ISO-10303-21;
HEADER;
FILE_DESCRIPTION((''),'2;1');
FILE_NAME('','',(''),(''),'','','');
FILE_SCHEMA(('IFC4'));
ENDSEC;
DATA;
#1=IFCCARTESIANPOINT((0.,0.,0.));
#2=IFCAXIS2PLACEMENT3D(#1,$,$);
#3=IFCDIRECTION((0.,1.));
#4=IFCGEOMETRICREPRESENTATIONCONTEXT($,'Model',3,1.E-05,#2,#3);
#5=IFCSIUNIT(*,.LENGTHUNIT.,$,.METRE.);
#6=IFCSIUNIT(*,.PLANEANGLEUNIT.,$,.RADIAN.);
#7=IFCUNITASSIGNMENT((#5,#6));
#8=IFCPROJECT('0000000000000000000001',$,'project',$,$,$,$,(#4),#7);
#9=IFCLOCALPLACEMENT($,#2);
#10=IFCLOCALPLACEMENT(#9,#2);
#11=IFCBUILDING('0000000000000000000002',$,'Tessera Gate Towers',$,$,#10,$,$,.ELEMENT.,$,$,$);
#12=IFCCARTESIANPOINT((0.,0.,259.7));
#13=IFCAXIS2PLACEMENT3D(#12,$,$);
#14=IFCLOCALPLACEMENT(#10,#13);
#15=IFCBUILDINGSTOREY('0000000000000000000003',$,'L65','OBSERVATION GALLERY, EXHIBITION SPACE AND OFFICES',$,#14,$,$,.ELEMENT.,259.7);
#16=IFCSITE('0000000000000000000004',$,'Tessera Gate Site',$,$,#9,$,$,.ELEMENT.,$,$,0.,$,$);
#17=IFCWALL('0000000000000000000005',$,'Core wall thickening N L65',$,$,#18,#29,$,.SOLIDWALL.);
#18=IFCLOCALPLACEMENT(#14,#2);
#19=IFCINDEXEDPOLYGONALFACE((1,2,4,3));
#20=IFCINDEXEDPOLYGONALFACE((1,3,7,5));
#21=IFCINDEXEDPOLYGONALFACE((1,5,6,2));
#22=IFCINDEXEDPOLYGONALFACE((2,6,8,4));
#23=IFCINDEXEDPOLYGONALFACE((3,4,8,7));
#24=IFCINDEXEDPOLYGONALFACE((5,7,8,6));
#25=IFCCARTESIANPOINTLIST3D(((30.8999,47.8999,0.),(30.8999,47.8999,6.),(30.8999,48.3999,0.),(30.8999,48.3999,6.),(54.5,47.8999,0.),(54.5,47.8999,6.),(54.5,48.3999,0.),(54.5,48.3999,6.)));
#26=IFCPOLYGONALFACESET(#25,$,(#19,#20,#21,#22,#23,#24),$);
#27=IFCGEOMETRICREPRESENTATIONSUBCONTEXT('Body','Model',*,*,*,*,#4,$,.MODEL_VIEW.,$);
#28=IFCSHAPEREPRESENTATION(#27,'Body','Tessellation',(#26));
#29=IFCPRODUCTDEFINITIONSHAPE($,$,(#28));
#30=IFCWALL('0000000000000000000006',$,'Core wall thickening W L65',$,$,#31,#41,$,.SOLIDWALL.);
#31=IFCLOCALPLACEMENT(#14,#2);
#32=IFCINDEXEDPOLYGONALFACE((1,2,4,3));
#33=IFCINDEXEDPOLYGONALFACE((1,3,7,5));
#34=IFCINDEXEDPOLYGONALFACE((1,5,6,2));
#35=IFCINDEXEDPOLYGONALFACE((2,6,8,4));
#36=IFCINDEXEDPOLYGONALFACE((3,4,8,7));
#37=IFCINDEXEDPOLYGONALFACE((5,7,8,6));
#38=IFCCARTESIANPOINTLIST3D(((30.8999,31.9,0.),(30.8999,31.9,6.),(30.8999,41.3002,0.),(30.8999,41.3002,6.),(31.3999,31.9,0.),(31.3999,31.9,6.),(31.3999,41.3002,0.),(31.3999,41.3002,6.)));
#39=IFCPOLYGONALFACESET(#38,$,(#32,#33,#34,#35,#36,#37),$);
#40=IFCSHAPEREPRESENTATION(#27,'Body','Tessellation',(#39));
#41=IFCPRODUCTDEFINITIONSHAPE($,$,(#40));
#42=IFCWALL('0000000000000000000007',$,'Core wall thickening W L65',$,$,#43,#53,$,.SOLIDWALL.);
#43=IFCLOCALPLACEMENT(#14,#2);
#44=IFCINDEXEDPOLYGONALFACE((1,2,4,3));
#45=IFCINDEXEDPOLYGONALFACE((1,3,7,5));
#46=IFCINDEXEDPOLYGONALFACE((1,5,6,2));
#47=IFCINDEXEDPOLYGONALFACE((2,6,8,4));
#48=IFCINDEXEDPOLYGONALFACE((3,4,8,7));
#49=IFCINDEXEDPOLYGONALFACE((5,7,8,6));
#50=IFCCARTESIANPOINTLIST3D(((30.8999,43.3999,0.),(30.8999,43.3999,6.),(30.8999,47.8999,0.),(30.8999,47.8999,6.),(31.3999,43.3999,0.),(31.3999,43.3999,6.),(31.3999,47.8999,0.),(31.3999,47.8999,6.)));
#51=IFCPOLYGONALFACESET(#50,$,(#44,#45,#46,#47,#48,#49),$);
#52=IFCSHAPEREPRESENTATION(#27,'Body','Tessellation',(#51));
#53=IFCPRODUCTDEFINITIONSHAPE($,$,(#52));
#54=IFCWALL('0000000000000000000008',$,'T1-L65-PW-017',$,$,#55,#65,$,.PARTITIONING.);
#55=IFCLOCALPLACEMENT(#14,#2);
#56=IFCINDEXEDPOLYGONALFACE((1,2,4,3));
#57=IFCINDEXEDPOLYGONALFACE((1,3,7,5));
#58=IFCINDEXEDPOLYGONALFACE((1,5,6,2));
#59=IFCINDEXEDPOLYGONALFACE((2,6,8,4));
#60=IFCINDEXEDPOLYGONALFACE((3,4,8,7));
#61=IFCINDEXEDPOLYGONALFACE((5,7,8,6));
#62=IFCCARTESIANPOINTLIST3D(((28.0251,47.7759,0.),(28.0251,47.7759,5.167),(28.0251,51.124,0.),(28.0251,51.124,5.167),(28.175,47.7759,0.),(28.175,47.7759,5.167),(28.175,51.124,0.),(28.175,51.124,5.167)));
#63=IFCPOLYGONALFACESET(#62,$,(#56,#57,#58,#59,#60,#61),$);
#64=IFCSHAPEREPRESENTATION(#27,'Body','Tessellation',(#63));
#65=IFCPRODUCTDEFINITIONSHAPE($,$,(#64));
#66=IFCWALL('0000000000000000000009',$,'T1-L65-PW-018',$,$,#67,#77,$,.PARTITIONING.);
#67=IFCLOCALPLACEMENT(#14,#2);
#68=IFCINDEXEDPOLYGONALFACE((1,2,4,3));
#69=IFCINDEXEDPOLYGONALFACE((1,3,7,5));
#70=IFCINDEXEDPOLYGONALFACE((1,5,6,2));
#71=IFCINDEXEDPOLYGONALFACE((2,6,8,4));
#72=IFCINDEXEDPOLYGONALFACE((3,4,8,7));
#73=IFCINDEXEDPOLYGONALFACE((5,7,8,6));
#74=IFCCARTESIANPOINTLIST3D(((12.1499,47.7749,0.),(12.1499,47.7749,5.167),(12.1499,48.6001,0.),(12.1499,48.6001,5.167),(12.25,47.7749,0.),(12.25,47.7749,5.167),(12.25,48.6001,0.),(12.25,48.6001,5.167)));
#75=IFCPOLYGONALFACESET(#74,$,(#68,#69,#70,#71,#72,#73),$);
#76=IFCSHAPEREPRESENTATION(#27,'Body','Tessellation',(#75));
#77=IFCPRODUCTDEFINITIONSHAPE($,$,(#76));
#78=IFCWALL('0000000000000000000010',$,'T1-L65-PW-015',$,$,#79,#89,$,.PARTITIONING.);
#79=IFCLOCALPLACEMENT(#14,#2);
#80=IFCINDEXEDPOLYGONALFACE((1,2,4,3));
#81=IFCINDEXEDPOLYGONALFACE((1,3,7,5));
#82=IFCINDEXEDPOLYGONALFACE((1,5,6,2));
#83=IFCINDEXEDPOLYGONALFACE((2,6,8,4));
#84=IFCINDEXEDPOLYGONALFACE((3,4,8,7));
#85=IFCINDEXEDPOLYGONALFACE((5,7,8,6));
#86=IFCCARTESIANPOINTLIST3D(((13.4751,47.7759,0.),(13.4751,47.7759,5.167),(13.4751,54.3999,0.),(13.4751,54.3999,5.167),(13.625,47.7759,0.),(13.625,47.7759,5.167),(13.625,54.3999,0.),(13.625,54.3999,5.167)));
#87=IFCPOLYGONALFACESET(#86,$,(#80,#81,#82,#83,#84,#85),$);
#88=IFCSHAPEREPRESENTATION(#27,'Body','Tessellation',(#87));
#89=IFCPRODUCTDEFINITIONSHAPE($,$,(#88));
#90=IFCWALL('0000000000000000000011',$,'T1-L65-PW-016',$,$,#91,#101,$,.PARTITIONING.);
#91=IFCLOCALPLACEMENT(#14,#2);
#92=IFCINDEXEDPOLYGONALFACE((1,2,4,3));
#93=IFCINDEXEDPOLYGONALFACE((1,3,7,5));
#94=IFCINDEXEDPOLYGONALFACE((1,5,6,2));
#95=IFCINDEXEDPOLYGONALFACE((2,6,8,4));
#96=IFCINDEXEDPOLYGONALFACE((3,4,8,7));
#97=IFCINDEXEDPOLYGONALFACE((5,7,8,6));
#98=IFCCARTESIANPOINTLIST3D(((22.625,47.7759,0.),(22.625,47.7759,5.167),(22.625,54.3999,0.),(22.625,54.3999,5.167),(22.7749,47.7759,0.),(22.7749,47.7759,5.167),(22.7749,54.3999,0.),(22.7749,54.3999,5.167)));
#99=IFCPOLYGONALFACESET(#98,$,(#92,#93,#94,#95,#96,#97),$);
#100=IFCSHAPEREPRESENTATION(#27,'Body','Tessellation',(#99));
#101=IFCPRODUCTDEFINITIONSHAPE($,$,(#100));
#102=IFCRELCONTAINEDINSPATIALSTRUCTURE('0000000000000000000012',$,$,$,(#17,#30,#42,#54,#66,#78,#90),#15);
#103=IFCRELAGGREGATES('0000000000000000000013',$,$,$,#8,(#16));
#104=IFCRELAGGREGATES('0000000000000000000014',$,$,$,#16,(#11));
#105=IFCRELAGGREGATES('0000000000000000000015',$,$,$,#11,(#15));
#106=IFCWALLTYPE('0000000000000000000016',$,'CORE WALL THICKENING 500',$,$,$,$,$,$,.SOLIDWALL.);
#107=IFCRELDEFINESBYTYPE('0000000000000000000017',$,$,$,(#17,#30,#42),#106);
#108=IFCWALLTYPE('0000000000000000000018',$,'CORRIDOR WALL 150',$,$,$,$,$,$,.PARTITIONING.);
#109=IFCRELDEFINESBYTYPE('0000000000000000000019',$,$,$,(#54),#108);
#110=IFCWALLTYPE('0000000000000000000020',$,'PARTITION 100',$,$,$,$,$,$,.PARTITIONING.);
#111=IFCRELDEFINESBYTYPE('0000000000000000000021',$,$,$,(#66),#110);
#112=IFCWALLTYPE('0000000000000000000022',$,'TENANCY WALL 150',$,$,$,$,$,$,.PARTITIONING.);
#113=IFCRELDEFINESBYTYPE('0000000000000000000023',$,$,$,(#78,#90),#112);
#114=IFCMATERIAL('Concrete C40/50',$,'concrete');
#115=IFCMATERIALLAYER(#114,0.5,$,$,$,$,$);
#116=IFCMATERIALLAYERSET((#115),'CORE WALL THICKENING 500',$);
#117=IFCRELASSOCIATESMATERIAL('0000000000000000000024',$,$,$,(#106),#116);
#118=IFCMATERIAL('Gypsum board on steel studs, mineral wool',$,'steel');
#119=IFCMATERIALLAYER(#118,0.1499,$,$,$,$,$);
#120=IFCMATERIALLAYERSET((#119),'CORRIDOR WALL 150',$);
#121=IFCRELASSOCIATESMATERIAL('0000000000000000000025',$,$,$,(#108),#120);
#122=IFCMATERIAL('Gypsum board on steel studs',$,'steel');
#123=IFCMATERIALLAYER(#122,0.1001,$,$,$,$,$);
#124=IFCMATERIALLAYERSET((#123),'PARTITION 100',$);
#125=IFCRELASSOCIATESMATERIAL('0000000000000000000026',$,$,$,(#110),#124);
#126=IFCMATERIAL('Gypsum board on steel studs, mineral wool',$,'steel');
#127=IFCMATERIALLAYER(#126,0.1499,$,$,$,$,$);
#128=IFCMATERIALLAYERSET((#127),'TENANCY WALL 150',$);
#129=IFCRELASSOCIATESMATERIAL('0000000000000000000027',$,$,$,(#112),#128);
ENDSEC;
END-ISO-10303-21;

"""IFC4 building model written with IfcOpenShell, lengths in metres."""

from ifc_helpers import new_model, si_unit, direction, frame, frame_2d, origin, place, context, subcontext, project, spatial, rectangle, extrude, material, layer, layer_set, type_object, element, save


model = new_model("IFC4")

# Units and contexts
model_context = context("Model", 3, precision=1e-05, world=origin(), true_north=direction((0.0, 1.0)))
body_context = subcontext(model_context, "Body", "Model", "MODEL_VIEW")
ifc_project = project(units=[si_unit("LENGTHUNIT", "METRE"), si_unit("PLANEANGLEUNIT", "RADIAN")], contexts=[model_context])

# Site, building, storey
site_placement = place(None, origin())
site = spatial("IfcSite", under=ifc_project, at=site_placement, Name="Tessera Gate Site", CompositionType="ELEMENT", RefElevation=0.0)
building_placement = place(site_placement, origin())
building = spatial("IfcBuilding", under=site, at=building_placement, Name="Tessera Gate Towers", CompositionType="ELEMENT")
storey_placement = place(building_placement, frame((0.0, 0.0, 259.7)))
storey = spatial("IfcBuildingStorey", under=building, at=storey_placement, Name="L65", Description="OBSERVATION GALLERY, EXHIBITION SPACE AND OFFICES", CompositionType="ELEMENT", Elevation=259.7)

# Walls
ifc_material_1 = material(Name="Concrete C40/50", Category="concrete")
ifc_layer_1 = layer(ifc_material_1, 0.5)
ifc_layer_set_1 = layer_set([ifc_layer_1], Name="CORE WALL THICKENING 500")
wall_type_1 = type_object("IfcWallType", Name="CORE WALL THICKENING 500", PredefinedType="SOLIDWALL", material=ifc_layer_set_1)
wall_1_placement = place(storey_placement, frame((30.8999, 48.1499, 0.0), z_axis=(0.0, 0.0, 1.0), x_axis=(1.0, 0.0, 0.0)))
element("IfcWall", 1, at=wall_1_placement, inside=storey, type_object=wall_type_1, Name="Core wall thickening N L65", PredefinedType="SOLIDWALL", context=body_context, shape_type="SweptSolid", body=[
    extrude(rectangle(XDim=23.6001, YDim=0.5, at=frame_2d((11.8, 0.0))), origin(), (0.0, 0.0, 1.0), 6.0),
])
wall_2_placement = place(storey_placement, frame((31.1499, 31.8999, 0.0), z_axis=(0.0, 0.0, 1.0), x_axis=(0.0, 1.0, 0.0)))
element("IfcWall", 2, at=wall_2_placement, inside=storey, type_object=wall_type_1, Name="Core wall thickening W L65", PredefinedType="SOLIDWALL", context=body_context, shape_type="SweptSolid", body=[
    extrude(rectangle(XDim=9.4001, YDim=0.5, at=frame_2d((4.7002, 0.0))), origin(), (0.0, 0.0, 1.0), 6.0),
])
wall_3_placement = place(storey_placement, frame((31.1499, 43.3999, 0.0), z_axis=(0.0, 0.0, 1.0), x_axis=(0.0, 1.0, 0.0)))
element("IfcWall", 3, at=wall_3_placement, inside=storey, type_object=wall_type_1, Name="Core wall thickening W L65", PredefinedType="SOLIDWALL", context=body_context, shape_type="SweptSolid", body=[
    extrude(rectangle(XDim=4.5, YDim=0.5, at=frame_2d((2.25, 0.0))), origin(), (0.0, 0.0, 1.0), 6.0),
])
ifc_material_2 = material(Name="Gypsum board on steel studs, mineral wool", Category="steel")
ifc_layer_2 = layer(ifc_material_2, 0.1499)
ifc_layer_set_2 = layer_set([ifc_layer_2], Name="CORRIDOR WALL 150")
wall_type_2 = type_object("IfcWallType", Name="CORRIDOR WALL 150", PredefinedType="PARTITIONING", material=ifc_layer_set_2)
wall_4_placement = place(storey_placement, frame((28.1001, 47.7759, 0.0), z_axis=(0.0, 0.0, 1.0), x_axis=(0.0, 1.0, 0.0)))
element("IfcWall", 4, at=wall_4_placement, inside=storey, type_object=wall_type_2, Name="T1-L65-PW-017", PredefinedType="PARTITIONING", context=body_context, shape_type="SweptSolid", body=[
    extrude(rectangle(XDim=3.3481, YDim=0.1499, at=frame_2d((1.6741, 0.0))), origin(), (0.0, 0.0, 1.0), 5.167),
])
ifc_material_3 = material(Name="Gypsum board on steel studs", Category="steel")
ifc_layer_3 = layer(ifc_material_3, 0.1001)
ifc_layer_set_3 = layer_set([ifc_layer_3], Name="PARTITION 100")
wall_type_3 = type_object("IfcWallType", Name="PARTITION 100", PredefinedType="PARTITIONING", material=ifc_layer_set_3)
wall_5_placement = place(storey_placement, frame((12.2, 48.6001, 0.0), z_axis=(0.0, 0.0, 1.0), x_axis=(0.0, -1.0, 0.0)))
element("IfcWall", 5, at=wall_5_placement, inside=storey, type_object=wall_type_3, Name="T1-L65-PW-018", PredefinedType="PARTITIONING", context=body_context, shape_type="SweptSolid", body=[
    extrude(rectangle(XDim=0.8252, YDim=0.1001, at=frame_2d((0.4126, 0.0))), origin(), (0.0, 0.0, 1.0), 5.167),
])
ifc_material_4 = material(Name="Gypsum board on steel studs, mineral wool", Category="steel")
ifc_layer_4 = layer(ifc_material_4, 0.1499)
ifc_layer_set_4 = layer_set([ifc_layer_4], Name="TENANCY WALL 150")
wall_type_4 = type_object("IfcWallType", Name="TENANCY WALL 150", PredefinedType="PARTITIONING", material=ifc_layer_set_4)
for number, where, z_axis, x_axis, name in (
    (6, (13.55, 47.7759, 0.0), (0.0, 0.0, 1.0), (0.0, 1.0, 0.0), "T1-L65-PW-015"),
    (7, (22.7, 47.7759, 0.0), (0.0, 0.0, 1.0), (0.0, 1.0, 0.0), "T1-L65-PW-016"),
):
    element("IfcWall", number, at=place(storey_placement, frame(where, z_axis=z_axis, x_axis=x_axis)), inside=storey, type_object=wall_type_4, Name=name, PredefinedType="PARTITIONING", context=body_context, shape_type="SweptSolid", body=[
        extrude(rectangle(XDim=6.624, YDim=0.1499, at=frame_2d((3.312, 0.0))), origin(), (0.0, 0.0, 1.0), 5.167),
    ])

save(model, "model.ifc")
